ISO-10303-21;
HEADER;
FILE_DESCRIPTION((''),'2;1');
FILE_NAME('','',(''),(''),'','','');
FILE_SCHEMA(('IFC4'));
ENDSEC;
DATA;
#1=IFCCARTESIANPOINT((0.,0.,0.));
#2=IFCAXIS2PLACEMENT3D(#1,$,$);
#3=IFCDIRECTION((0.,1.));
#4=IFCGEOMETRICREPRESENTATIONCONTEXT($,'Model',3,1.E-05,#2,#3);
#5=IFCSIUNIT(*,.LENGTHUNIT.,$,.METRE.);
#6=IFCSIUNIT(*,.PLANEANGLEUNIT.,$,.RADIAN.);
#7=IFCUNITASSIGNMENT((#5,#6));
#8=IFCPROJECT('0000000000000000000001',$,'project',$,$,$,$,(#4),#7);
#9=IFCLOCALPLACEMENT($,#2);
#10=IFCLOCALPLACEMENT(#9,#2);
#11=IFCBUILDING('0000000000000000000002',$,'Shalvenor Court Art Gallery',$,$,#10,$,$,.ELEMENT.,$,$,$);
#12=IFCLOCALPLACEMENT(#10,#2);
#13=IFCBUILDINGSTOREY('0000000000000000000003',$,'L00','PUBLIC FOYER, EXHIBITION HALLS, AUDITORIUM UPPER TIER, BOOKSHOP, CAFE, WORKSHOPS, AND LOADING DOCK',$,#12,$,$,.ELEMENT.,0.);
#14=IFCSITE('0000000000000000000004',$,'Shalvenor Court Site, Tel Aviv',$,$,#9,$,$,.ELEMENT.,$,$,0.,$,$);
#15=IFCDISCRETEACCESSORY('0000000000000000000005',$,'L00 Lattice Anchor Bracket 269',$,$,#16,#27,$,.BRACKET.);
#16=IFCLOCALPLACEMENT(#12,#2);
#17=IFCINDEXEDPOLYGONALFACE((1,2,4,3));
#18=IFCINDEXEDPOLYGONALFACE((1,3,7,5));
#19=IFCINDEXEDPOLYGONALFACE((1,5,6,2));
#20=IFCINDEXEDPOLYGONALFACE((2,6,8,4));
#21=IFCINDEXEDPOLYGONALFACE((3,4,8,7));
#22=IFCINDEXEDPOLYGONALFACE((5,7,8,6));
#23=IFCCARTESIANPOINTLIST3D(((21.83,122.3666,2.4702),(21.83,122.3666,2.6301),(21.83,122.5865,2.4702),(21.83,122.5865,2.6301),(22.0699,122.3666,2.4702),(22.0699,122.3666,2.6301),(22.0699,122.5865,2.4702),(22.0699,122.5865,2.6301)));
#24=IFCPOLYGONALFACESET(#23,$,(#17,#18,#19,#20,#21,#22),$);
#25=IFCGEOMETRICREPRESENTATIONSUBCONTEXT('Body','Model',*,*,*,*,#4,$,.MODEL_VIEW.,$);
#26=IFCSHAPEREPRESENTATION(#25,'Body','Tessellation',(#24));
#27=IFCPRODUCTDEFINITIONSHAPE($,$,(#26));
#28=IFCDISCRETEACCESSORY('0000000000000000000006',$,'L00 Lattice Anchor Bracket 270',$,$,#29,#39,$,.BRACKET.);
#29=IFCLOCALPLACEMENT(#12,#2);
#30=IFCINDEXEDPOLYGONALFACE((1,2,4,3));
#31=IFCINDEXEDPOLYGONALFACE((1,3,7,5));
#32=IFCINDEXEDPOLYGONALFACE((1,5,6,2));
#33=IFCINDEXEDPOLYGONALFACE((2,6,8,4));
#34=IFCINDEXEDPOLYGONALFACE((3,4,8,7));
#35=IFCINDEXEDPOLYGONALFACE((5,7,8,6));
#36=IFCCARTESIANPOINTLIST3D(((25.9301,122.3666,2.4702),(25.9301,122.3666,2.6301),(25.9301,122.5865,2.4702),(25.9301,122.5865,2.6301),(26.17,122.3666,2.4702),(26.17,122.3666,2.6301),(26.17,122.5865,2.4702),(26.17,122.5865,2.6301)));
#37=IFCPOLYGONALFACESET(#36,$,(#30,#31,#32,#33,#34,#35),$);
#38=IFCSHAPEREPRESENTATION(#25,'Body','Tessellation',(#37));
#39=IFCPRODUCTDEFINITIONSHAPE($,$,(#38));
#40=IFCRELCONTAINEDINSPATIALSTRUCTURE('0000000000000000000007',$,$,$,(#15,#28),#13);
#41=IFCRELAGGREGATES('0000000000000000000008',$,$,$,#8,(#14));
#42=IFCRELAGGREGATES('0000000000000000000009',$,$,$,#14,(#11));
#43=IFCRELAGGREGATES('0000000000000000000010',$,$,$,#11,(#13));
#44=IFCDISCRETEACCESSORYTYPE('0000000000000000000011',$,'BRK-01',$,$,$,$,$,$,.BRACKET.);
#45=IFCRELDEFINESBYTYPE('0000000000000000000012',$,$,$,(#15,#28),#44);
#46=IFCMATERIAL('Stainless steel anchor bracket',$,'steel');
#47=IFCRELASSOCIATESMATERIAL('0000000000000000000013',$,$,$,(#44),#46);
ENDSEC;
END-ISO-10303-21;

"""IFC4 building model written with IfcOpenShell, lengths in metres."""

from ifc_helpers import new_model, si_unit, direction, frame, origin, origin_2d, place, context, subcontext, project, spatial, rectangle, extrude, material, type_object, element, save


model = new_model("IFC4")

# Units and contexts
model_context = context("Model", 3, precision=1e-05, world=origin(), true_north=direction((0.0, 1.0)))
body_context = subcontext(model_context, "Body", "Model", "MODEL_VIEW")
ifc_project = project(units=[si_unit("LENGTHUNIT", "METRE"), si_unit("PLANEANGLEUNIT", "RADIAN")], contexts=[model_context])

# Site, building, storey
site_placement = place(None, origin())
site = spatial("IfcSite", under=ifc_project, at=site_placement, Name="Shalvenor Court Site, Tel Aviv", CompositionType="ELEMENT", RefElevation=0.0)
building_placement = place(site_placement, origin())
building = spatial("IfcBuilding", under=site, at=building_placement, Name="Shalvenor Court Art Gallery", CompositionType="ELEMENT")
storey_placement = place(building_placement, origin())
storey = spatial("IfcBuildingStorey", under=building, at=storey_placement, Name="L00", Description="PUBLIC FOYER, EXHIBITION HALLS, AUDITORIUM UPPER TIER, BOOKSHOP, CAFE, WORKSHOPS, AND LOADING DOCK", CompositionType="ELEMENT", Elevation=0.0)

# Discrete accessories
ifc_material_1 = material(Name="Stainless steel anchor bracket", Category="steel")
discrete_accessory_type = type_object("IfcDiscreteAccessoryType", Name="BRK-01", PredefinedType="BRACKET", material=ifc_material_1)
for number, where, z_axis, x_axis, name in (
    (1, (21.95, 122.4766, 2.4702), (0.0, 0.0, 1.0), (1.0, 0.0, 0.0), "L00 Lattice Anchor Bracket 269"),
    (2, (26.05, 122.4766, 2.4702), (0.0, 0.0, 1.0), (1.0, 0.0, 0.0), "L00 Lattice Anchor Bracket 270"),
):
    element("IfcDiscreteAccessory", number, at=place(storey_placement, frame(where, z_axis=z_axis, x_axis=x_axis)), inside=storey, type_object=discrete_accessory_type, Name=name, PredefinedType="BRACKET", context=body_context, shape_type="SweptSolid", body=[
        extrude(rectangle(XDim=0.24, YDim=0.22, at=origin_2d()), origin(), (0.0, 0.0, 1.0), 0.1599),
    ])

save(model, "model.ifc")
